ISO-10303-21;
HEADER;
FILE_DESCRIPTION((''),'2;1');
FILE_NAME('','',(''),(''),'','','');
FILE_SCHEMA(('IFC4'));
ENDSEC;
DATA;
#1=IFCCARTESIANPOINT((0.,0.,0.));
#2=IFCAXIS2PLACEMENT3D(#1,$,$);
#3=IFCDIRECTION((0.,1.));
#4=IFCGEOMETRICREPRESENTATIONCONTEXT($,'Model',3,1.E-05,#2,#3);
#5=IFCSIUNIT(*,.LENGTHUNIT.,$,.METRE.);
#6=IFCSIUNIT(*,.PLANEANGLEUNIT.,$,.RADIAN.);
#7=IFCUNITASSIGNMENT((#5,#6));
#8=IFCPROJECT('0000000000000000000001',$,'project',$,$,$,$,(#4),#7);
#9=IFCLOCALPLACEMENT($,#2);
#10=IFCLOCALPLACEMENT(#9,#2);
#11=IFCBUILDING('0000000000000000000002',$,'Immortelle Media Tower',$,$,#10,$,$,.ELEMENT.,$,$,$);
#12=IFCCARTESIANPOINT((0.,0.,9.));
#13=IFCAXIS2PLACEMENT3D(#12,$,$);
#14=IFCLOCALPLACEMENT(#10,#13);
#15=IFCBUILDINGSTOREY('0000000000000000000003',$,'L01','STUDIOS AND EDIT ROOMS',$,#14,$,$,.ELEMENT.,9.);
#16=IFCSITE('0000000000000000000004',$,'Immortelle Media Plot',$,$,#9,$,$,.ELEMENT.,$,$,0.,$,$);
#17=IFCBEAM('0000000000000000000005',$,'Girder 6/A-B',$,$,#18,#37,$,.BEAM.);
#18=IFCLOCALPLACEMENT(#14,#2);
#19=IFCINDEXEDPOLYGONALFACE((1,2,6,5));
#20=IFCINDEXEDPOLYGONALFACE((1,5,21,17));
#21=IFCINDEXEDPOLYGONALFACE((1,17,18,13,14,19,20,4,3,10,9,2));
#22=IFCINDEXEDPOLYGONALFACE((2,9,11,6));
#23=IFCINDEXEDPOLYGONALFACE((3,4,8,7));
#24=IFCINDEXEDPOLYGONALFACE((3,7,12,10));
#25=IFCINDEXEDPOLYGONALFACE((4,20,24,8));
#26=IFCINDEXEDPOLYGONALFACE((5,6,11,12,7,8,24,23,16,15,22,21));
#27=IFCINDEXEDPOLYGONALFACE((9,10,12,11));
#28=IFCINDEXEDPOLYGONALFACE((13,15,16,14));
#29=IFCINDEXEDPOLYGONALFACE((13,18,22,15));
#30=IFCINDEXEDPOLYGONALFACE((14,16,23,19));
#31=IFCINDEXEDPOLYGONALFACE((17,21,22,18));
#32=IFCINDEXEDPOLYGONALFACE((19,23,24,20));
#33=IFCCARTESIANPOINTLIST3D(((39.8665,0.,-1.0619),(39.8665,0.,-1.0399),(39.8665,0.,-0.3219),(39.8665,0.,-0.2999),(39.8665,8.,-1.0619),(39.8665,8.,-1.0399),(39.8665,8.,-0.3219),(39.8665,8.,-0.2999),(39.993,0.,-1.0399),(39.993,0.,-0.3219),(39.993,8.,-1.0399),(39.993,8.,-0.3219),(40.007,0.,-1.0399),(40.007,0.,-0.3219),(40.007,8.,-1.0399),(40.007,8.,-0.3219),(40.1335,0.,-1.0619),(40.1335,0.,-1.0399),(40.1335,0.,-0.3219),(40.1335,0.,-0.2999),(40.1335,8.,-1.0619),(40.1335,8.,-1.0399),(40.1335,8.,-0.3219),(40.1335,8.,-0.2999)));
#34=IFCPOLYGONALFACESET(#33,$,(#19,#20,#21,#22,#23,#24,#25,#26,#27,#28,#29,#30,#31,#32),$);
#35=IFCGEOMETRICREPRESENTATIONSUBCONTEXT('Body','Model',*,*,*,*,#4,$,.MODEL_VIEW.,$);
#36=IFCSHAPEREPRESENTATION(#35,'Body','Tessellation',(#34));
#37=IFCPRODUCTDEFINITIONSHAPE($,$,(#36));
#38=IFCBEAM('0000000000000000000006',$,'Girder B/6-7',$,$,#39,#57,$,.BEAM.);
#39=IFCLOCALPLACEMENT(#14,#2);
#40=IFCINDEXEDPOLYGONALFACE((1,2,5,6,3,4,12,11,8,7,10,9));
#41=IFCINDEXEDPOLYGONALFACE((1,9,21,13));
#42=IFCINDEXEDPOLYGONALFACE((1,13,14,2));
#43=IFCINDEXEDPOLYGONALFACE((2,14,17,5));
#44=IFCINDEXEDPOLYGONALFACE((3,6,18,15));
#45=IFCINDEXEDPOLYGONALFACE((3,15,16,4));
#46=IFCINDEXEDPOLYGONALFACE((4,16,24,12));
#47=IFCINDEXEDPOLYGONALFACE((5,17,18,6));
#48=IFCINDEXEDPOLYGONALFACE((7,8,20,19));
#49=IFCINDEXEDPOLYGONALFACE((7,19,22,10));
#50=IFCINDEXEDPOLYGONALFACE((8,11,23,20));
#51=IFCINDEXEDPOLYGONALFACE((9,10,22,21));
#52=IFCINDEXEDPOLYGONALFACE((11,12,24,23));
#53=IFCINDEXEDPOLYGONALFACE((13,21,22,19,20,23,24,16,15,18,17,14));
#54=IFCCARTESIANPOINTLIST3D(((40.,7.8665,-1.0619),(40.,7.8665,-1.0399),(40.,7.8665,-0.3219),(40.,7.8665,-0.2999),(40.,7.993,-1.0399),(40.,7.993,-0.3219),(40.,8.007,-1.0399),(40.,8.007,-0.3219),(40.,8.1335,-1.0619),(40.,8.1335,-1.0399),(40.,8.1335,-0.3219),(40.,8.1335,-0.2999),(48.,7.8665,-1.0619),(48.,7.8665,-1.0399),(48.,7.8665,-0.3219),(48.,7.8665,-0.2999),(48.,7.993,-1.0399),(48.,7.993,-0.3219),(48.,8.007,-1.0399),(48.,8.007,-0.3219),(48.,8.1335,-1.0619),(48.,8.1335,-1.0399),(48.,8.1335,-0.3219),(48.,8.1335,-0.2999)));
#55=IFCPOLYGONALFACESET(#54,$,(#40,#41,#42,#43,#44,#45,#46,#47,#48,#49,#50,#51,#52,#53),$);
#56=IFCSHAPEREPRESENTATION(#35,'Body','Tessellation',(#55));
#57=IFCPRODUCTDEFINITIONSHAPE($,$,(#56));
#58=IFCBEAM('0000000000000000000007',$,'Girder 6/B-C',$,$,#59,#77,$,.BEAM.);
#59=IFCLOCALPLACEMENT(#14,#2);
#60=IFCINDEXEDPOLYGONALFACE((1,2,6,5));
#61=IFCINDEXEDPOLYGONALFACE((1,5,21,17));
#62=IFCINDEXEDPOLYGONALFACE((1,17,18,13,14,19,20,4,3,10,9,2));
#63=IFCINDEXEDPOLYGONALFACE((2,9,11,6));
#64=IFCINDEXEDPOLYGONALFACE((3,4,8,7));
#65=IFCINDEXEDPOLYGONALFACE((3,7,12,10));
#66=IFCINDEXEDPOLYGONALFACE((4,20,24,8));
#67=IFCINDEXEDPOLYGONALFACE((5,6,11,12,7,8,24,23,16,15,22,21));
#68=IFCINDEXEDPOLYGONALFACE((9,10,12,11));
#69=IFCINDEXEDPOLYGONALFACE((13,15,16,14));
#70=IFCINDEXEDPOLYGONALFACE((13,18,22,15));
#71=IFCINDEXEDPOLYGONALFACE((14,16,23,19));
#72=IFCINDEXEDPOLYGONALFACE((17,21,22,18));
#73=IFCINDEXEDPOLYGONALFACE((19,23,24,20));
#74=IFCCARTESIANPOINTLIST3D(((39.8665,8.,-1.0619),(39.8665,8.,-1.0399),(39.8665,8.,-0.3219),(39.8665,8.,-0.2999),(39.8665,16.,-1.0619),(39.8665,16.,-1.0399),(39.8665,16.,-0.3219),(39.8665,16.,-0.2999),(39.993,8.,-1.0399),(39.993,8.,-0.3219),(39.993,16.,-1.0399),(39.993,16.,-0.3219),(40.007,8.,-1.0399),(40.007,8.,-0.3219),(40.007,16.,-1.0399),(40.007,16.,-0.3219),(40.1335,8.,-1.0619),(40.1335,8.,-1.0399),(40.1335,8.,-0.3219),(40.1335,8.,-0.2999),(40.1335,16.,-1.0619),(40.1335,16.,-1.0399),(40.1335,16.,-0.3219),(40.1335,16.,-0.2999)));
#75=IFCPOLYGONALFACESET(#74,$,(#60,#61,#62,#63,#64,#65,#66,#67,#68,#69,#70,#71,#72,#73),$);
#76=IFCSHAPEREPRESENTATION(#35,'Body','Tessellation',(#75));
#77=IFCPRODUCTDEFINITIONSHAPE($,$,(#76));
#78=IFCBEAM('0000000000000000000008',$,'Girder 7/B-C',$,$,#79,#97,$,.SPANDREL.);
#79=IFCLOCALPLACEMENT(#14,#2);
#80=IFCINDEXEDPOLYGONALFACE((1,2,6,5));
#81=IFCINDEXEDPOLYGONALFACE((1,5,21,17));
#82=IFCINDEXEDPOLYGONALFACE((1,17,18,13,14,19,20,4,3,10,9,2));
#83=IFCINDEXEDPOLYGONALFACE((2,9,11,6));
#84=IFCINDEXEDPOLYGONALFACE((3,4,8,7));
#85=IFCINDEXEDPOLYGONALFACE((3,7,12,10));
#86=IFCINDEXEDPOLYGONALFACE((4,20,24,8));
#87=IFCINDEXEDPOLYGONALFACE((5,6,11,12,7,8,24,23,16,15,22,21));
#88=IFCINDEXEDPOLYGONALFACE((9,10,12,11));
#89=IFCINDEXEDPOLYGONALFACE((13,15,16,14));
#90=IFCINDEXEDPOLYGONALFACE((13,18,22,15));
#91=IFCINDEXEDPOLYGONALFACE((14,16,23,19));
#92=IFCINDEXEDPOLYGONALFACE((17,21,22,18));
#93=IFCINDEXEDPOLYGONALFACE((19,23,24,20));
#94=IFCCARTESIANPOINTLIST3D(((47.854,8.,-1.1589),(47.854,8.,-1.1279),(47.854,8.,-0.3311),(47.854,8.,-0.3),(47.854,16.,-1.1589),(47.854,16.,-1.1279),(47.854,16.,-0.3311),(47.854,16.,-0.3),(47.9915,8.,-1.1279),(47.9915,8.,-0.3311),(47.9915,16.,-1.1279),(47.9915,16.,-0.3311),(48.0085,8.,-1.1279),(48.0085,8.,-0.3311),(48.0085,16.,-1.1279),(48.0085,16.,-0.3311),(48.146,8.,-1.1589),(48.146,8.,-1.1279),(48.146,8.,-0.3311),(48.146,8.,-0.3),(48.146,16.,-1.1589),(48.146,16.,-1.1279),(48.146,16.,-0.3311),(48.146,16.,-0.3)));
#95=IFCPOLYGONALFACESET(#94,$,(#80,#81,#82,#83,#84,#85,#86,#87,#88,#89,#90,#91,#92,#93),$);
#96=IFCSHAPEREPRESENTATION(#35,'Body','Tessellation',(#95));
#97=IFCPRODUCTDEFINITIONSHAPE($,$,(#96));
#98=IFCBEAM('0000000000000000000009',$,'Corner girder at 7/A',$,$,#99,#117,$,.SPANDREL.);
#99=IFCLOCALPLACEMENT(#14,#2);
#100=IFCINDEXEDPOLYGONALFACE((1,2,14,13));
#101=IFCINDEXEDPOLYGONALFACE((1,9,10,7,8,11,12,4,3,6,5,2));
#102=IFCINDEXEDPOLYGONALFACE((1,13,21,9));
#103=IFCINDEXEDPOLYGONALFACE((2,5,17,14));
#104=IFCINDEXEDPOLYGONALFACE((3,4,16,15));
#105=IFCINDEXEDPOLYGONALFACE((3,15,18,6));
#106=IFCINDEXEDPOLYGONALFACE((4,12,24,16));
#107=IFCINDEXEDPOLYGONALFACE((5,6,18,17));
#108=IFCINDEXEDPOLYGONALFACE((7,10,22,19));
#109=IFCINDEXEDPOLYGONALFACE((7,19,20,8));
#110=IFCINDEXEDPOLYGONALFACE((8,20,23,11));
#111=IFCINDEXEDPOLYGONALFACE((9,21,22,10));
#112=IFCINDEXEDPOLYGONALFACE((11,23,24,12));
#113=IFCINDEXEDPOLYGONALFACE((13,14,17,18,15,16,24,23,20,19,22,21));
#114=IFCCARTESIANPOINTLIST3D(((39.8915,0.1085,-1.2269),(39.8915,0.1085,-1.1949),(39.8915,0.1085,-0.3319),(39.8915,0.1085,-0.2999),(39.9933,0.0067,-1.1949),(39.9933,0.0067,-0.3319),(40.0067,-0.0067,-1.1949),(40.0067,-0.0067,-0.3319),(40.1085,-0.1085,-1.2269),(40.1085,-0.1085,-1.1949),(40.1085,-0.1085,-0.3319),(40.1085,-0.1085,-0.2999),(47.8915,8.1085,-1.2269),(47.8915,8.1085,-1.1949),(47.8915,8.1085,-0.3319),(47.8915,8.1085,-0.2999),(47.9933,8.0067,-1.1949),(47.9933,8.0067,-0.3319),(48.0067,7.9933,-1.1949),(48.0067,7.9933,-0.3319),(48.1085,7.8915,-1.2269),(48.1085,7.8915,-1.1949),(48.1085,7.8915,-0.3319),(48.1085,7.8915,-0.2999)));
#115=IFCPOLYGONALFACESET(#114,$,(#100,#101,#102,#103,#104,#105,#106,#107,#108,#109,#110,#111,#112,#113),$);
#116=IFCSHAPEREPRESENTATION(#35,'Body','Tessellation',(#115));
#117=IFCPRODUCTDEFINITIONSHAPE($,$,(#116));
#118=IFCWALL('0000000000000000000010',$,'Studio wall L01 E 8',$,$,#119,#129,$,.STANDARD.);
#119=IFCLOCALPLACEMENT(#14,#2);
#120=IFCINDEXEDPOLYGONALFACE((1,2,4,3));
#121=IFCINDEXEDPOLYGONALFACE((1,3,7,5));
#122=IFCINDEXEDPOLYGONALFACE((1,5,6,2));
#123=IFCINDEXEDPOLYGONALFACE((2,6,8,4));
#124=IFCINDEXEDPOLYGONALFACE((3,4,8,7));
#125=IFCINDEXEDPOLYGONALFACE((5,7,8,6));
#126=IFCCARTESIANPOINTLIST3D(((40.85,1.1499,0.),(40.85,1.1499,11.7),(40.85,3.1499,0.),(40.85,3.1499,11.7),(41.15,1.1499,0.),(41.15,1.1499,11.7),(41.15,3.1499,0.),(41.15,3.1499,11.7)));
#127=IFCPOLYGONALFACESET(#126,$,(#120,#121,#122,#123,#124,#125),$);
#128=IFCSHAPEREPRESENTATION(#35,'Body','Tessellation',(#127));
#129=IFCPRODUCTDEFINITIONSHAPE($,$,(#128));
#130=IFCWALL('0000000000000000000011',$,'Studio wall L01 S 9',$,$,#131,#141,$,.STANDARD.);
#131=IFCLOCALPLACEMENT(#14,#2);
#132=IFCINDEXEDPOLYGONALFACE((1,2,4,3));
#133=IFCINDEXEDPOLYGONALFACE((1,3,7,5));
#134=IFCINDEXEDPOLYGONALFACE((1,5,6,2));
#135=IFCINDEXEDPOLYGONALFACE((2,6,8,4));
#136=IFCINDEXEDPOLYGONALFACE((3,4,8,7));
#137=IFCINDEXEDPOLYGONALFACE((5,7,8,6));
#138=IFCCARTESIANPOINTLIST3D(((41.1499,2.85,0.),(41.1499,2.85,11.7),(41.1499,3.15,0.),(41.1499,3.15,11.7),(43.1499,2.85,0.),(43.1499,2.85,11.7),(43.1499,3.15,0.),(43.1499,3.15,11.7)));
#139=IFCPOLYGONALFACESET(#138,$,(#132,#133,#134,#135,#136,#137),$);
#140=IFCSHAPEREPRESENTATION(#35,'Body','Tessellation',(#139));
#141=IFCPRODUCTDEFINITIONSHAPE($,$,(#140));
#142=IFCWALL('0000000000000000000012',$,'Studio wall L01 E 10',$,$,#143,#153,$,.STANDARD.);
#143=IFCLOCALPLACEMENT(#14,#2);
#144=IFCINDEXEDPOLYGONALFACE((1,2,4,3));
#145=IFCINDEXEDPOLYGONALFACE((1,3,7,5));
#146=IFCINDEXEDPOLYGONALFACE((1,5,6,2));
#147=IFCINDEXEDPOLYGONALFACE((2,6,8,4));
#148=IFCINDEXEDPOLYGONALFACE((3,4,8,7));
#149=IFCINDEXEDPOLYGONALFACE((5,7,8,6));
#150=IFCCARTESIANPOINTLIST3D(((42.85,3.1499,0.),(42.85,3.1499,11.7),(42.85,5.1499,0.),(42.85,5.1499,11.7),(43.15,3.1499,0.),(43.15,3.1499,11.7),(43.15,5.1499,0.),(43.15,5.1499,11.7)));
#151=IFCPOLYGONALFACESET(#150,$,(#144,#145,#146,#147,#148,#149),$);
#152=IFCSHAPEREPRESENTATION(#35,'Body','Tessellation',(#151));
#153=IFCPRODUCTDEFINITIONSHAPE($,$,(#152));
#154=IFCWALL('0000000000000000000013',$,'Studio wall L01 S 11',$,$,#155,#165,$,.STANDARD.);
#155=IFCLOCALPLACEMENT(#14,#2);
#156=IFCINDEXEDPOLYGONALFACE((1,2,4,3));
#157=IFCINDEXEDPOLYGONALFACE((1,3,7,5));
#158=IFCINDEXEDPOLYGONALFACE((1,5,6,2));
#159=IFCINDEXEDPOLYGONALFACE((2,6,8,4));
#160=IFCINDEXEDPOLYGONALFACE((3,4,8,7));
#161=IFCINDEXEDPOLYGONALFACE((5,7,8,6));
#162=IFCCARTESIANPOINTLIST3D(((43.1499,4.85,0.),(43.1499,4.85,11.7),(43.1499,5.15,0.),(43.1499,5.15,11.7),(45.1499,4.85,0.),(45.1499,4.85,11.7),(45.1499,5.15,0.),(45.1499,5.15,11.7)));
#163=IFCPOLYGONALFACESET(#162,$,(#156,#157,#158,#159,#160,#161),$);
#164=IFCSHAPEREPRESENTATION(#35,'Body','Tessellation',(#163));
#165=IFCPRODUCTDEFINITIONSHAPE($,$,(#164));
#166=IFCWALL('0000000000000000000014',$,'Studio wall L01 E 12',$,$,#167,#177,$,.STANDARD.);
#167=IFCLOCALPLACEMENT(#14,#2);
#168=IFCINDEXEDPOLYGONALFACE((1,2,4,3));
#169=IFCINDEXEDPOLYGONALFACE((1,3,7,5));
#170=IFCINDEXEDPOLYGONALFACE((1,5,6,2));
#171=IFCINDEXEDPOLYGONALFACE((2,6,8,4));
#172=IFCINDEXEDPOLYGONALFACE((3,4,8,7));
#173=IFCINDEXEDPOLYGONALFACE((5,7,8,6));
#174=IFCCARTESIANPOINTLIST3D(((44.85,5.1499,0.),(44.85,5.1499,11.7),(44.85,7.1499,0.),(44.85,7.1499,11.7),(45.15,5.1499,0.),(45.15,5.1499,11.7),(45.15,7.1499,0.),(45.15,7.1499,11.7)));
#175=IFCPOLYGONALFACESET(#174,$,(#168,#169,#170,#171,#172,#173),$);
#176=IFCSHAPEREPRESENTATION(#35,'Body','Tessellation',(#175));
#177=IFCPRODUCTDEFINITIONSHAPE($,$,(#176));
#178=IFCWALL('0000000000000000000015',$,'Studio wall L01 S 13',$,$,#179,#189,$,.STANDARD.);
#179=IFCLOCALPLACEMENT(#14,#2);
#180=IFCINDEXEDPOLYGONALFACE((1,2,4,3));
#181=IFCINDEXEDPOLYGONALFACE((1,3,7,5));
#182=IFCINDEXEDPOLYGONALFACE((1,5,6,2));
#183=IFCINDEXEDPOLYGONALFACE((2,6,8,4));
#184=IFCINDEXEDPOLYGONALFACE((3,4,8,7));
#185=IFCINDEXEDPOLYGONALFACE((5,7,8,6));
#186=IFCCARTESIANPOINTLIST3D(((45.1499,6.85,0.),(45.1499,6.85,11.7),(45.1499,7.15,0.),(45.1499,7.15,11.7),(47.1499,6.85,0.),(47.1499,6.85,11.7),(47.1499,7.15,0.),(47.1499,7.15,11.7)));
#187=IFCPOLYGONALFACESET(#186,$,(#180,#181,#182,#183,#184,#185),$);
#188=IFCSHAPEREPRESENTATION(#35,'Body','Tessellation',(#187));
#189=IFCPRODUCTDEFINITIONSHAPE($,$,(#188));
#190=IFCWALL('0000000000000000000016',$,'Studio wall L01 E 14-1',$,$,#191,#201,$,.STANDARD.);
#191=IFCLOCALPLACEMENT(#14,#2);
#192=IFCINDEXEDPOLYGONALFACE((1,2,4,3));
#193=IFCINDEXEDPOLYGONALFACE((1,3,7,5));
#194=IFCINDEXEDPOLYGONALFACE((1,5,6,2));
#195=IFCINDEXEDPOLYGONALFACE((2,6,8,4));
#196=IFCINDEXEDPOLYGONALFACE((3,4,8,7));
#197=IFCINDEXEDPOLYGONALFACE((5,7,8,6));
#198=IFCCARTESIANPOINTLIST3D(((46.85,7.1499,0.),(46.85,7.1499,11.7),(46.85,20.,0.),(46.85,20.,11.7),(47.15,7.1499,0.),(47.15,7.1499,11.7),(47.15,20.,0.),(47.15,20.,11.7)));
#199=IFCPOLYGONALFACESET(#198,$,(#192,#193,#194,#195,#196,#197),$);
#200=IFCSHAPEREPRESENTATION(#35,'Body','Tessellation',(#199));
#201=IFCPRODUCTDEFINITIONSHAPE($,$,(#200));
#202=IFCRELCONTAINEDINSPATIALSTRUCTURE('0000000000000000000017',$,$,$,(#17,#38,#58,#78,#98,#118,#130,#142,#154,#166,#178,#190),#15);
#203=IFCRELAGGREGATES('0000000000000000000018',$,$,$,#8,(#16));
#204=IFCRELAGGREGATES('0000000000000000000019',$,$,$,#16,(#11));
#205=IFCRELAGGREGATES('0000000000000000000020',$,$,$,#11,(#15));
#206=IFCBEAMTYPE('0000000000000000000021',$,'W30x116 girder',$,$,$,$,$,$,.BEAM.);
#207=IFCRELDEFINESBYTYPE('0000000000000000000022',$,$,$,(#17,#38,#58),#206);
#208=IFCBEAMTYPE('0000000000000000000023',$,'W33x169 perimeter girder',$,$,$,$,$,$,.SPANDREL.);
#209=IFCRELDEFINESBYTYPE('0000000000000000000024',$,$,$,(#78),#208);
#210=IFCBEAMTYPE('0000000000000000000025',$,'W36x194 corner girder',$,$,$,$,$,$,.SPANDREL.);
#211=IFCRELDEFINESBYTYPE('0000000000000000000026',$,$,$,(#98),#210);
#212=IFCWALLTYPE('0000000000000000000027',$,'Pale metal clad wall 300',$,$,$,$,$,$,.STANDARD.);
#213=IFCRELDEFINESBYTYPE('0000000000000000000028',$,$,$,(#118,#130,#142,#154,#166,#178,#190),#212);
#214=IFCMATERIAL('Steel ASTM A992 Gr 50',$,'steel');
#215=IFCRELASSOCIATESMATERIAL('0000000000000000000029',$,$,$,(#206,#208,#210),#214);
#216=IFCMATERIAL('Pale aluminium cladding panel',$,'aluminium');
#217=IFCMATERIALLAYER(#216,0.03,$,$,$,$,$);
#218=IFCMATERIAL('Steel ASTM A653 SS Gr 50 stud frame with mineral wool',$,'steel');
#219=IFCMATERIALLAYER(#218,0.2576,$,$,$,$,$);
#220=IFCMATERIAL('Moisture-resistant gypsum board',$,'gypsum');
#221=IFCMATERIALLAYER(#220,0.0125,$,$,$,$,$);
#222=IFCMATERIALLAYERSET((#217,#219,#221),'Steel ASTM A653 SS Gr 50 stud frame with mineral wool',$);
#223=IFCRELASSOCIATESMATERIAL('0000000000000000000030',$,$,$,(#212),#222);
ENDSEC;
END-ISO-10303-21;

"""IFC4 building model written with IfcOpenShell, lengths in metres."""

from ifc_helpers import new_model, si_unit, direction, frame, frame_2d, origin, origin_2d, place, context, subcontext, project, spatial, rectangle, i_section, extrude, material, layer, layer_set, material_profile, profile_set, type_object, element, save


model = new_model("IFC4")

# Units and contexts
model_context = context("Model", 3, precision=1e-05, world=origin(), true_north=direction((0.0, 1.0)))
body_context = subcontext(model_context, "Body", "Model", "MODEL_VIEW")
ifc_project = project(units=[si_unit("LENGTHUNIT", "METRE"), si_unit("PLANEANGLEUNIT", "RADIAN")], contexts=[model_context])

# Site, building, storey
site_placement = place(None, origin())
site = spatial("IfcSite", under=ifc_project, at=site_placement, Name="Immortelle Media Plot", CompositionType="ELEMENT", RefElevation=0.0)
building_placement = place(site_placement, origin())
building = spatial("IfcBuilding", under=site, at=building_placement, Name="Immortelle Media Tower", CompositionType="ELEMENT")
storey_placement = place(building_placement, frame((0.0, 0.0, 9.0)))
storey = spatial("IfcBuildingStorey", under=building, at=storey_placement, Name="L01", Description="STUDIOS AND EDIT ROOMS", CompositionType="ELEMENT", Elevation=9.0)

# Shared definitions
ifc_material_1 = material(Name="Steel ASTM A992 Gr 50", Category="steel")

# Beams
ifc_material_profile_1 = material_profile(ifc_material_1, i_section(OverallWidth=0.2671, OverallDepth=0.762, WebThickness=0.0139, FlangeThickness=0.022, at=origin_2d()), Name="W30x116")
ifc_profile_set_1 = profile_set([ifc_material_profile_1], Name="Steel ASTM A992 Gr 50")
beam_type_1 = type_object("IfcBeamType", Name="W30x116 girder", PredefinedType="BEAM", material=ifc_profile_set_1)
for number, where, z_axis, x_axis, name in (
    (1, (40.0, 0.0, -0.6809), (0.0, 1.0, 0.0), (-1.0, 0.0, 0.0), "Girder 6/A-B"),
    (2, (40.0, 8.0, -0.6809), (1.0, 0.0, 0.0), (0.0, 1.0, 0.0), "Girder B/6-7"),
    (3, (40.0, 8.0, -0.6809), (0.0, 1.0, 0.0), (-1.0, 0.0, 0.0), "Girder 6/B-C"),
):
    element("IfcBeam", number, at=place(storey_placement, frame(where, z_axis=z_axis, x_axis=x_axis)), inside=storey, type_object=beam_type_1, Name=name, PredefinedType="BEAM", context=body_context, shape_type="SweptSolid", body=[
        extrude(i_section(OverallWidth=0.2671, OverallDepth=0.762, WebThickness=0.0139, FlangeThickness=0.022, at=origin_2d()), origin(), (0.0, 0.0, 1.0), 8.0),
    ])
ifc_material_profile_2 = material_profile(ifc_material_1, i_section(OverallWidth=0.292, OverallDepth=0.8589, WebThickness=0.0171, FlangeThickness=0.031, at=origin_2d()), Name="W33x169")
ifc_profile_set_2 = profile_set([ifc_material_profile_2], Name="Steel ASTM A992 Gr 50")
beam_type_2 = type_object("IfcBeamType", Name="W33x169 perimeter girder", PredefinedType="SPANDREL", material=ifc_profile_set_2)
beam_1_placement = place(storey_placement, frame((48.0, 8.0, -0.7295), z_axis=(0.0, 1.0, 0.0), x_axis=(-1.0, 0.0, 0.0)))
element("IfcBeam", 4, at=beam_1_placement, inside=storey, type_object=beam_type_2, Name="Girder 7/B-C", PredefinedType="SPANDREL", context=body_context, shape_type="SweptSolid", body=[
    extrude(i_section(OverallWidth=0.292, OverallDepth=0.8589, WebThickness=0.0171, FlangeThickness=0.031, at=origin_2d()), origin(), (0.0, 0.0, 1.0), 8.0),
])
ifc_material_profile_3 = material_profile(ifc_material_1, i_section(OverallWidth=0.3069, OverallDepth=0.927, WebThickness=0.019, FlangeThickness=0.032, at=origin_2d()), Name="W36x194")
ifc_profile_set_3 = profile_set([ifc_material_profile_3], Name="Steel ASTM A992 Gr 50")
beam_type_3 = type_object("IfcBeamType", Name="W36x194 corner girder", PredefinedType="SPANDREL", material=ifc_profile_set_3)
beam_2_placement = place(storey_placement, frame((48.0, 8.0, -0.7634), z_axis=(-0.707107, -0.707107, 0.0), x_axis=(0.707107, -0.707107, 0.0)))
element("IfcBeam", 5, at=beam_2_placement, inside=storey, type_object=beam_type_3, Name="Corner girder at 7/A", PredefinedType="SPANDREL", context=body_context, shape_type="SweptSolid", body=[
    extrude(i_section(OverallWidth=0.3069, OverallDepth=0.927, WebThickness=0.019, FlangeThickness=0.032, at=origin_2d()), origin(), (0.0, 0.0, 1.0), 11.3137),
])

# Walls
ifc_material_2 = material(Name="Pale aluminium cladding panel", Category="aluminium")
ifc_layer_1 = layer(ifc_material_2, 0.03)
ifc_material_3 = material(Name="Steel ASTM A653 SS Gr 50 stud frame with mineral wool", Category="steel")
ifc_layer_2 = layer(ifc_material_3, 0.2576)
ifc_material_4 = material(Name="Moisture-resistant gypsum board", Category="gypsum")
ifc_layer_3 = layer(ifc_material_4, 0.0125)
ifc_layer_set_1 = layer_set([ifc_layer_1, ifc_layer_2, ifc_layer_3], Name="Steel ASTM A653 SS Gr 50 stud frame with mineral wool")
wall_type_1 = type_object("IfcWallType", Name="Pale metal clad wall 300", PredefinedType="STANDARD", material=ifc_layer_set_1)
for number, where, z_axis, x_axis, name in (
    (6, (41.0, 1.1499, 0.0), (0.0, 0.0, 1.0), (0.0, 1.0, 0.0), "Studio wall L01 E 8"),
    (7, (41.1499, 3.0, 0.0), (0.0, 0.0, 1.0), (1.0, 0.0, 0.0), "Studio wall L01 S 9"),
    (8, (43.0, 3.1499, 0.0), (0.0, 0.0, 1.0), (0.0, 1.0, 0.0), "Studio wall L01 E 10"),
    (9, (43.1499, 5.0, 0.0), (0.0, 0.0, 1.0), (1.0, 0.0, 0.0), "Studio wall L01 S 11"),
    (10, (45.0, 5.1499, 0.0), (0.0, 0.0, 1.0), (0.0, 1.0, 0.0), "Studio wall L01 E 12"),
    (11, (45.1499, 7.0, 0.0), (0.0, 0.0, 1.0), (1.0, 0.0, 0.0), "Studio wall L01 S 13"),
):
    element("IfcWall", number, at=place(storey_placement, frame(where, z_axis=z_axis, x_axis=x_axis)), inside=storey, type_object=wall_type_1, Name=name, PredefinedType="STANDARD", context=body_context, shape_type="SweptSolid", body=[
        extrude(rectangle(XDim=2.0, YDim=0.3, at=frame_2d((1.0, 0.0))), origin(), (0.0, 0.0, 1.0), 11.7),
    ])
wall_placement = place(storey_placement, frame((47.0, 7.1499, 0.0), z_axis=(0.0, 0.0, 1.0), x_axis=(0.0, 1.0, 0.0)))
element("IfcWall", 12, at=wall_placement, inside=storey, type_object=wall_type_1, Name="Studio wall L01 E 14-1", PredefinedType="STANDARD", context=body_context, shape_type="SweptSolid", body=[
    extrude(rectangle(XDim=12.8501, YDim=0.3, at=frame_2d((6.425, 0.0))), origin(), (0.0, 0.0, 1.0), 11.7),
])

save(model, "model.ifc")
